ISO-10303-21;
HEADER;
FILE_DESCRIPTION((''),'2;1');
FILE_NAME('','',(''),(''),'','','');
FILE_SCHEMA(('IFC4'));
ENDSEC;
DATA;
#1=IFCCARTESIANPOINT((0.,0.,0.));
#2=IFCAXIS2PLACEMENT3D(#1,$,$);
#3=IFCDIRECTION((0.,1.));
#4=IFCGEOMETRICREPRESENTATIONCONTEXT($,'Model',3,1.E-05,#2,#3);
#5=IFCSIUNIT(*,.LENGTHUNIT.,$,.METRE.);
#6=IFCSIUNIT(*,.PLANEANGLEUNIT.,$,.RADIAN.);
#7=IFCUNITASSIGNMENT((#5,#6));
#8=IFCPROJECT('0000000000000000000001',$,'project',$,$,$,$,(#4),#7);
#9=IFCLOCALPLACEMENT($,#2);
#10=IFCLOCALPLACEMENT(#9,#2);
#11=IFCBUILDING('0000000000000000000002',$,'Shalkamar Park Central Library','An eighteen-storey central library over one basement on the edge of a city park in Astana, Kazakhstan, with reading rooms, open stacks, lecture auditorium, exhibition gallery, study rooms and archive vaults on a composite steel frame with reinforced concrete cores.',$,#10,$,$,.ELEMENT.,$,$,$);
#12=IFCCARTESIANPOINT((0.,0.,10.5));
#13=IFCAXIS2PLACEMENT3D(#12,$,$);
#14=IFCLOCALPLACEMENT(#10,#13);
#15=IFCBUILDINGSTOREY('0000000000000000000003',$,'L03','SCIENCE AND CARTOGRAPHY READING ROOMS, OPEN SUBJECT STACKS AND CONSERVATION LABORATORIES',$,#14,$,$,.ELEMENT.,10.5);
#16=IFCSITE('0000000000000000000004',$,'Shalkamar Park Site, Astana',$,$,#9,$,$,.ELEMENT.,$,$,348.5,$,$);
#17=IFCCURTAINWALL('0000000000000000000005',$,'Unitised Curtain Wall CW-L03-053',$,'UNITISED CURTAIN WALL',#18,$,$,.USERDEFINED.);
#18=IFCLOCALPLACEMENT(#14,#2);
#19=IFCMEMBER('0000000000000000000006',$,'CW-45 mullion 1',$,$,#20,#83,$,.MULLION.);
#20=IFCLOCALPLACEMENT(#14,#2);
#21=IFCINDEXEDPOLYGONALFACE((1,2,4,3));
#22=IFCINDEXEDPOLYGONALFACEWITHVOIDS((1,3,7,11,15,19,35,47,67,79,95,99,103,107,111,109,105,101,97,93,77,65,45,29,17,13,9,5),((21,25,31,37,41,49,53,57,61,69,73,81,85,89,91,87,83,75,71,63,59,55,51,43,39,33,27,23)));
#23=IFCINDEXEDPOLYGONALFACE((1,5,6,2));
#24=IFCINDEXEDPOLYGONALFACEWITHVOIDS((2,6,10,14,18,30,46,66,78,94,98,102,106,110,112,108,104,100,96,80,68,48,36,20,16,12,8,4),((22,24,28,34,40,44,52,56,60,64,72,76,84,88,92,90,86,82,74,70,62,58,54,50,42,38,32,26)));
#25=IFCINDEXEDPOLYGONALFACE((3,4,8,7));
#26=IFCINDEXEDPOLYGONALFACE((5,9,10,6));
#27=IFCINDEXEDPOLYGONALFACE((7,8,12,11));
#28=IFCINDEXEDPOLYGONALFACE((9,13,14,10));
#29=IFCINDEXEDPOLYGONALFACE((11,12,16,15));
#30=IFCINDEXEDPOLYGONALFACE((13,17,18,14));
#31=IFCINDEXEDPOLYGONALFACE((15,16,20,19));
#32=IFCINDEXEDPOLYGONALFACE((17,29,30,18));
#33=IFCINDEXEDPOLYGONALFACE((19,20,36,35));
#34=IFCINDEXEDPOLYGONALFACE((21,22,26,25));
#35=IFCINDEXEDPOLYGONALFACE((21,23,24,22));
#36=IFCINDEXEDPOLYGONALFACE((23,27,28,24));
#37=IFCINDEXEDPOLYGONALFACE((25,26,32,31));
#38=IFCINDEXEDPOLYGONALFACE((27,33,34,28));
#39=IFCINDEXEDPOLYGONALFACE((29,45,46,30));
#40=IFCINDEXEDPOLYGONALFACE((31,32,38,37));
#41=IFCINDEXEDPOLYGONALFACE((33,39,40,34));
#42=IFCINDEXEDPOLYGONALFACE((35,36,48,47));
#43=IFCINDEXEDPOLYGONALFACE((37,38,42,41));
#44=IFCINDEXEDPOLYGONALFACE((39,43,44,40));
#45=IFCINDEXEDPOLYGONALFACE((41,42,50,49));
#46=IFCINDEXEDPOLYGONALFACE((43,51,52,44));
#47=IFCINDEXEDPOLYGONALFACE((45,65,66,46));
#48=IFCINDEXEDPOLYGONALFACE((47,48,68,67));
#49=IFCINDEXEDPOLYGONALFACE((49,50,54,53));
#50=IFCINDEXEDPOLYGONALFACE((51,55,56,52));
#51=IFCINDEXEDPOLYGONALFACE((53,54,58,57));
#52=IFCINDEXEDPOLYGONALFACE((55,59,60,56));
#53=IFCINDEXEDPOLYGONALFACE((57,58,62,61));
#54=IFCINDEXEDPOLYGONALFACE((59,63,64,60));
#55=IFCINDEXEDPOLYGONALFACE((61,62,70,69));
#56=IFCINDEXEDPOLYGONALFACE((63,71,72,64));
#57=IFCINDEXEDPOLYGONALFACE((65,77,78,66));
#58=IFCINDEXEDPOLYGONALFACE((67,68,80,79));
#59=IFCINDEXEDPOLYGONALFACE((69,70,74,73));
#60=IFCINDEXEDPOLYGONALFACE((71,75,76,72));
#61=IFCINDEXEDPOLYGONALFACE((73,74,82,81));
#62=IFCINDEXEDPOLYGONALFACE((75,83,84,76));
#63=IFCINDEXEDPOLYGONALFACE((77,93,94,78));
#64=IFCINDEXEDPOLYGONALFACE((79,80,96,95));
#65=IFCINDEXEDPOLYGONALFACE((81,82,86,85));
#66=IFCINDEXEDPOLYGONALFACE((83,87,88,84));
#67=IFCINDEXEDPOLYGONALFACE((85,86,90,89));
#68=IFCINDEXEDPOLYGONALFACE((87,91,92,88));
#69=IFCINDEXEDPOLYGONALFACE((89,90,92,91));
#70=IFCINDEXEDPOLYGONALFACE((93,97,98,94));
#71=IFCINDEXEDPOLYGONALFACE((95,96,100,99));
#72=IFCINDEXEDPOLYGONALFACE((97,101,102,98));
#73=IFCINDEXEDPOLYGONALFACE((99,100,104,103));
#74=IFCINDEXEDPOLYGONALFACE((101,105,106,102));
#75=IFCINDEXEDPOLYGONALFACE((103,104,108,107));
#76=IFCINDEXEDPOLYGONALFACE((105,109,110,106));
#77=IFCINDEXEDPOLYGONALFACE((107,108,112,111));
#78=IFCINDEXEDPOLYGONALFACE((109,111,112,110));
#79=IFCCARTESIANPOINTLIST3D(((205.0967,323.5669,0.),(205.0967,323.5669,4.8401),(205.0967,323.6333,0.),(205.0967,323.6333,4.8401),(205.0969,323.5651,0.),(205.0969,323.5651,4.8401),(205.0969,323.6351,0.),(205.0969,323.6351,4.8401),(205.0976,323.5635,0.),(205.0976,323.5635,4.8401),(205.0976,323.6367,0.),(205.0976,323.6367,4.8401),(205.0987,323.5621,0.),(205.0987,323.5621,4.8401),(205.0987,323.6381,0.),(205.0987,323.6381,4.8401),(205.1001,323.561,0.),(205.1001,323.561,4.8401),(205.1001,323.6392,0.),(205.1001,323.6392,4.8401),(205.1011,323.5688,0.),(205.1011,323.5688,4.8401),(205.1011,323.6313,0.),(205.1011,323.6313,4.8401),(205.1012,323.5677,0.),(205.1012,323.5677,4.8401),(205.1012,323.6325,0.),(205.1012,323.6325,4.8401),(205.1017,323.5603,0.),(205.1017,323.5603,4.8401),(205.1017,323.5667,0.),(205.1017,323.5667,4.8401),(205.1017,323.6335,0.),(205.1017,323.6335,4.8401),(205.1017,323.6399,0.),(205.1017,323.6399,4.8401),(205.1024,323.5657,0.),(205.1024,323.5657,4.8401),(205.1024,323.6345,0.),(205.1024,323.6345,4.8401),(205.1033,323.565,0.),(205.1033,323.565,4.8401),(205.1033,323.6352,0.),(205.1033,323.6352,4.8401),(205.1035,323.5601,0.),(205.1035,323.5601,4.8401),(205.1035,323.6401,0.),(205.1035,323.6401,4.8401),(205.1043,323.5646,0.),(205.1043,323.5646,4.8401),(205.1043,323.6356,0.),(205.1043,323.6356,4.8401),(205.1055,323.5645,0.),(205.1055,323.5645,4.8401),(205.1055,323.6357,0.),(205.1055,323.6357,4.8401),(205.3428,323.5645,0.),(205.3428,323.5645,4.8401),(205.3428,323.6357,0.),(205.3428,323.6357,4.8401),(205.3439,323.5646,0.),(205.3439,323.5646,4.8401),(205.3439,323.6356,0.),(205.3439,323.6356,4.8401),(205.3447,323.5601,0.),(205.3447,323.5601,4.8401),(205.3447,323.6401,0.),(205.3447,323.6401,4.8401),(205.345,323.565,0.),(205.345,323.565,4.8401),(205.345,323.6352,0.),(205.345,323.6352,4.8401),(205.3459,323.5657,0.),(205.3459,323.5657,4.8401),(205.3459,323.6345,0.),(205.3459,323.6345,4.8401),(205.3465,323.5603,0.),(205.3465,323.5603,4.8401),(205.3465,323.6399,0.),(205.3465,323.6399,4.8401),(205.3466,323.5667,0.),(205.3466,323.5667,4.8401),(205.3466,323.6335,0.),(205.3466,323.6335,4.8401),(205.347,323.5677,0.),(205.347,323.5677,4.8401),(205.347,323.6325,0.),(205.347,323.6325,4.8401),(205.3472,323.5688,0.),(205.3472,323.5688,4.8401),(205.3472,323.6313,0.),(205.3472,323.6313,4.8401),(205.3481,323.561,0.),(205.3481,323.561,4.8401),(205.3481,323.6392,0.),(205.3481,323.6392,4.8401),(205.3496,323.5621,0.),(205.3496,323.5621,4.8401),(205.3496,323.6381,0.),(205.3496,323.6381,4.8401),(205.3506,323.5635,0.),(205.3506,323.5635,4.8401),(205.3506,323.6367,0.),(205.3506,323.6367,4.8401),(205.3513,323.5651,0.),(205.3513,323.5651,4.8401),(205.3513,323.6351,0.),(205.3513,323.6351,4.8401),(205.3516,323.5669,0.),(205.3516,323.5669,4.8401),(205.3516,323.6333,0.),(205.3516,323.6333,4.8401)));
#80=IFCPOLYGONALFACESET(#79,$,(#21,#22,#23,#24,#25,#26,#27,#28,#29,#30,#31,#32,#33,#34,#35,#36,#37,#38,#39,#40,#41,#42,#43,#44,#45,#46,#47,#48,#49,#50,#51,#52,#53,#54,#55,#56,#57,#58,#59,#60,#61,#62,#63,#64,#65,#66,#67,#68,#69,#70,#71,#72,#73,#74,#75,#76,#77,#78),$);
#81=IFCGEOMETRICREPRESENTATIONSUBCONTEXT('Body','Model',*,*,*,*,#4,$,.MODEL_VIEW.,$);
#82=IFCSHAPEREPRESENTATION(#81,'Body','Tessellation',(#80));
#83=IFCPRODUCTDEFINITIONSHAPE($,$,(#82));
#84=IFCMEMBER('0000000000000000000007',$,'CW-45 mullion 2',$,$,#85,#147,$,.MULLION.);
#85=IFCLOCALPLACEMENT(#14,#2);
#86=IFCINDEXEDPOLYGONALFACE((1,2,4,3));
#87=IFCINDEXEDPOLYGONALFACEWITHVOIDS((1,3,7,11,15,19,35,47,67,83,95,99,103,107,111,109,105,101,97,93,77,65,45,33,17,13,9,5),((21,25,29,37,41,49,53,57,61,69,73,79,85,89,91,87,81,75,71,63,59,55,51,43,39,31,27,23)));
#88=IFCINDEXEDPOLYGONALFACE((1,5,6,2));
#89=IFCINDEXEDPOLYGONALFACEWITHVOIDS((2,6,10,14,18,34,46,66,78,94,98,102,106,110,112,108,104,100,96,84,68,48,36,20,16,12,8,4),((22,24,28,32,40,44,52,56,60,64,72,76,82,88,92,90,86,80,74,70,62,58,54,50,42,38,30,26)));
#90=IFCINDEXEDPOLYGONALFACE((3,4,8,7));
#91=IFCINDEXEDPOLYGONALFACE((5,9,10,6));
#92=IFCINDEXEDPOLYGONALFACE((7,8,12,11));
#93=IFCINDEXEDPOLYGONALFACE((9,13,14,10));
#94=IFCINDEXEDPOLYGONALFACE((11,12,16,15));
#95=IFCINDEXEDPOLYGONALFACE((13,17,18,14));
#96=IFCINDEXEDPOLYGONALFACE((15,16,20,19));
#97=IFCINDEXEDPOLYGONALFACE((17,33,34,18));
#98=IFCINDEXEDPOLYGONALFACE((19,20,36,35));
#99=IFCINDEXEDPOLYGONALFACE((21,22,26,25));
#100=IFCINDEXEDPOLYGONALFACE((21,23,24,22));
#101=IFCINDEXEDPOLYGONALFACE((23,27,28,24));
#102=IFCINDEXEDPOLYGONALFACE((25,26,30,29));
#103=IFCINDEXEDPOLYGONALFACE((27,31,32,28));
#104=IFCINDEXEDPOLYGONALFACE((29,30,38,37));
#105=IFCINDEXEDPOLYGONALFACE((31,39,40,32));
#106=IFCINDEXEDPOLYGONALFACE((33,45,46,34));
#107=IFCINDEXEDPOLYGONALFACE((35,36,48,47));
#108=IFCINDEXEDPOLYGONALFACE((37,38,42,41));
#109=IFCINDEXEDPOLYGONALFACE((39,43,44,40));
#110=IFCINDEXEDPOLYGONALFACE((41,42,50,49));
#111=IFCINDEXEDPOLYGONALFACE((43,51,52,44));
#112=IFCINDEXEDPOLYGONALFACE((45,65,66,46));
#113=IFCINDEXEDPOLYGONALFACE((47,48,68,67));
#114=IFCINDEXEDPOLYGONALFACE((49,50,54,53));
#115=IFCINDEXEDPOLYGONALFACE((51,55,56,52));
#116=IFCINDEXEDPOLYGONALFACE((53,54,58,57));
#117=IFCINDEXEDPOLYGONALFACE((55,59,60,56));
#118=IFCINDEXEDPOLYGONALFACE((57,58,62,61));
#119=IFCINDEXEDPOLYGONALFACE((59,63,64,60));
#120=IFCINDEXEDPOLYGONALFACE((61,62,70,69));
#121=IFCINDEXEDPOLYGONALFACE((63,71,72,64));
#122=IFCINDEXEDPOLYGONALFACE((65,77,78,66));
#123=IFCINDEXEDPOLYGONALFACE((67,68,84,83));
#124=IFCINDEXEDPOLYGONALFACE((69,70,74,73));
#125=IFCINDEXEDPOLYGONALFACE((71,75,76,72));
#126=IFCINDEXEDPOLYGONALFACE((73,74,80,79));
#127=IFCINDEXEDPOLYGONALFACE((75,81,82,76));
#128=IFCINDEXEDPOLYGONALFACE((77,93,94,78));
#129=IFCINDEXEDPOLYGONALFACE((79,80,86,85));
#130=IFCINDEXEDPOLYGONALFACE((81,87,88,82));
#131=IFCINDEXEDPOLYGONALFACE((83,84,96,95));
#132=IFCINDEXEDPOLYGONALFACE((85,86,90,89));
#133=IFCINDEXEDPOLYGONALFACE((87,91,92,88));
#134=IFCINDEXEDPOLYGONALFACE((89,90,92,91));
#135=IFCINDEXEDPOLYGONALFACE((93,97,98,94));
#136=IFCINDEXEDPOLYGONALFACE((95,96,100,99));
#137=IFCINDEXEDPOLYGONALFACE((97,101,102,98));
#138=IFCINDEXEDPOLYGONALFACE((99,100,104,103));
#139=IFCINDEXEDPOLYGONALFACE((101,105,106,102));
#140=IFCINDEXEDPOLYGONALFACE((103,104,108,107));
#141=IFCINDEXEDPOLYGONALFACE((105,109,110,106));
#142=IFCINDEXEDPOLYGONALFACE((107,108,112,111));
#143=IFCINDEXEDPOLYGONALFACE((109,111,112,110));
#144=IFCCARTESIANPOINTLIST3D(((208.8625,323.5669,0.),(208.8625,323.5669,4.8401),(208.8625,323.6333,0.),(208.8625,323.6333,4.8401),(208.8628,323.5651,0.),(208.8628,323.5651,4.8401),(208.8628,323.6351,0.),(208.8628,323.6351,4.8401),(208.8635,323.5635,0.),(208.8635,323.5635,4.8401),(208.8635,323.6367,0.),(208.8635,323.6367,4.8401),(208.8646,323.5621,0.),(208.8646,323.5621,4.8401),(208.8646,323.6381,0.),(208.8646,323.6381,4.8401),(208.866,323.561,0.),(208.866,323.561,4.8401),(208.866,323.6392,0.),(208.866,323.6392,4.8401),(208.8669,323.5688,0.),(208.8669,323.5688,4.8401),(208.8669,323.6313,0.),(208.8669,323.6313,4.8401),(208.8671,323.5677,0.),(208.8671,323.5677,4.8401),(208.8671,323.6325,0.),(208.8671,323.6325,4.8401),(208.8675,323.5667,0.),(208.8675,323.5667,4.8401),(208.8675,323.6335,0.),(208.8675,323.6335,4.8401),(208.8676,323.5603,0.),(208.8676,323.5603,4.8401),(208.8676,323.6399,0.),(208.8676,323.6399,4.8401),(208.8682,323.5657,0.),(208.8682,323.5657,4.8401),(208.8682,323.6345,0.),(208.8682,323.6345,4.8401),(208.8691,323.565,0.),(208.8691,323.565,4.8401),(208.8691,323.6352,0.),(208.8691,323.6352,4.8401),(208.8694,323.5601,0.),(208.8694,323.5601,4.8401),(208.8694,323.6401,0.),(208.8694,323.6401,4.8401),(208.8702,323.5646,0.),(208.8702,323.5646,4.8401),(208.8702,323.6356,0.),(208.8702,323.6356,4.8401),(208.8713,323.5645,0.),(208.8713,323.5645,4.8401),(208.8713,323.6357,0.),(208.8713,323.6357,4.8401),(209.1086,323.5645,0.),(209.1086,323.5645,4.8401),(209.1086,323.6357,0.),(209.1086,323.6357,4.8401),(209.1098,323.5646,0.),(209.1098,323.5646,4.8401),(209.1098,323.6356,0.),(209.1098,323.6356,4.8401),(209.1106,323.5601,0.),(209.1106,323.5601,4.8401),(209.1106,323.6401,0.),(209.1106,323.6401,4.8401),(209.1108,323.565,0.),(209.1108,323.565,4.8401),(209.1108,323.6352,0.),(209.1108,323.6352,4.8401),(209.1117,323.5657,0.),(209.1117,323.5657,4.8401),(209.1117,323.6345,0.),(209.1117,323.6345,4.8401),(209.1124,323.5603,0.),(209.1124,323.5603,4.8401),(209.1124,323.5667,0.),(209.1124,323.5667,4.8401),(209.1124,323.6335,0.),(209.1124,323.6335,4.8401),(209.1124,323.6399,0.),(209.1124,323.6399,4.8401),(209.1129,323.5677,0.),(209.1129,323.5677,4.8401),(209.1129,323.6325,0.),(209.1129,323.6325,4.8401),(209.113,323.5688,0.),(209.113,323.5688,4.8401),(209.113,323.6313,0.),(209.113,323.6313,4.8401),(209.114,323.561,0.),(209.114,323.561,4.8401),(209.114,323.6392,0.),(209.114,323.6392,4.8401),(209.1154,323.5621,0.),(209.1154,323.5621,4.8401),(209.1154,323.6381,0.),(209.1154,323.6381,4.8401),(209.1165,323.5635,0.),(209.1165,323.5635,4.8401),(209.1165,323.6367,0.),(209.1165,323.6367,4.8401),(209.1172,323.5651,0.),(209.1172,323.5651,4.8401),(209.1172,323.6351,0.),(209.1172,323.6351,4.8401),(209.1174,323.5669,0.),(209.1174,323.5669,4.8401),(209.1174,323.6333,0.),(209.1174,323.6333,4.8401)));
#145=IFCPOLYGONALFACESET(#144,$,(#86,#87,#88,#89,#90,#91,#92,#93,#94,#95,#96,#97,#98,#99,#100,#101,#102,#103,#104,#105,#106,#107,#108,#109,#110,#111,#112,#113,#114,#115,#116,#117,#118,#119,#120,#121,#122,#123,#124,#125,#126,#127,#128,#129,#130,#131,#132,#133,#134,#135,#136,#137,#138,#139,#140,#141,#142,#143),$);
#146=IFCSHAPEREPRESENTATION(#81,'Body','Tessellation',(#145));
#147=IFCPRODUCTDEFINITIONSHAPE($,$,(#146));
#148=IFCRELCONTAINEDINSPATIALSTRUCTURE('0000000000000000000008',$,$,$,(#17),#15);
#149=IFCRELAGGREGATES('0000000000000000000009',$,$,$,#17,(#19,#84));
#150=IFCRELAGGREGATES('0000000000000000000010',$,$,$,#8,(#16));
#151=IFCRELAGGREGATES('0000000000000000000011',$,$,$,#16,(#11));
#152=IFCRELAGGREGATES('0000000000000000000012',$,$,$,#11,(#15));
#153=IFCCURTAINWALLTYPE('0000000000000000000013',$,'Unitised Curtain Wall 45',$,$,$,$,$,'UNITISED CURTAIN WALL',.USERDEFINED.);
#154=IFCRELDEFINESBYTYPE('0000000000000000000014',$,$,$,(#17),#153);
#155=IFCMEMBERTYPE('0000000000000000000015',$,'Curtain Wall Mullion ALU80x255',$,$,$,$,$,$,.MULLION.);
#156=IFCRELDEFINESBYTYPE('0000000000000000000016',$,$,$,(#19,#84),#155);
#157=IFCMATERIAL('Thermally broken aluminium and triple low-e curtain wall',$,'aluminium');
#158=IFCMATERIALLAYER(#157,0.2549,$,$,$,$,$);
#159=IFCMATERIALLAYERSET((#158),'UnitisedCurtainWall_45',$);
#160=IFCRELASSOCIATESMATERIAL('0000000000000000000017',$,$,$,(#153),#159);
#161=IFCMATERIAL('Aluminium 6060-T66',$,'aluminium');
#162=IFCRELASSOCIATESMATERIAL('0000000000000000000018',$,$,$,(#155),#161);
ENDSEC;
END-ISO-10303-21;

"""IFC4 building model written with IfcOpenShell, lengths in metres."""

from ifc_helpers import new_model, si_unit, direction, frame, origin, origin_2d, place, context, subcontext, project, spatial, hollow_rectangle, extrude, material, layer, layer_set, material_profile, profile_set, type_object, element, aggregate, save


model = new_model("IFC4")

# Units and contexts
model_context = context("Model", 3, precision=1e-05, world=origin(), true_north=direction((0.0, 1.0)))
body_context = subcontext(model_context, "Body", "Model", "MODEL_VIEW")
ifc_project = project(units=[si_unit("LENGTHUNIT", "METRE"), si_unit("PLANEANGLEUNIT", "RADIAN")], contexts=[model_context])

# Site, building, storey
site_placement = place(None, origin())
site = spatial("IfcSite", under=ifc_project, at=site_placement, Name="Shalkamar Park Site, Astana", CompositionType="ELEMENT", RefElevation=348.5)
building_placement = place(site_placement, origin())
building = spatial("IfcBuilding", under=site, at=building_placement, Name="Shalkamar Park Central Library", Description="An eighteen-storey central library over one basement on the edge of a city park in Astana, Kazakhstan, with reading rooms, open stacks, lecture auditorium, exhibition gallery, study rooms and archive vaults on a composite steel frame with reinforced concrete cores.", CompositionType="ELEMENT")
storey_placement = place(building_placement, frame((0.0, 0.0, 10.5)))
storey = spatial("IfcBuildingStorey", under=building, at=storey_placement, Name="L03", Description="SCIENCE AND CARTOGRAPHY READING ROOMS, OPEN SUBJECT STACKS AND CONSERVATION LABORATORIES", CompositionType="ELEMENT", Elevation=10.5)

# Shared definitions
ifc_material_1 = material(Name="Thermally broken aluminium and triple low-e curtain wall", Category="aluminium")
ifc_material_2 = material(Name="Aluminium 6060-T66", Category="aluminium")

# Curtain wall, members
ifc_layer_1 = layer(ifc_material_1, 0.2549)
ifc_layer_set_1 = layer_set([ifc_layer_1], Name="UnitisedCurtainWall_45")
curtain_wall_type_1 = type_object("IfcCurtainWallType", Name="Unitised Curtain Wall 45", ElementType="UNITISED CURTAIN WALL", PredefinedType="USERDEFINED", material=ifc_layer_set_1)
curtain_wall_1_placement = place(storey_placement, origin())
curtain_wall_1 = element("IfcCurtainWall", 1, at=curtain_wall_1_placement, inside=storey, type_object=curtain_wall_type_1, Name="Unitised Curtain Wall CW-L03-053", ObjectType="UNITISED CURTAIN WALL", PredefinedType="USERDEFINED")
ifc_material_profile_1 = material_profile(ifc_material_2, hollow_rectangle(XDim=0.0801, YDim=0.2549, WallThickness=0.0044, InnerFilletRadius=0.0044, OuterFilletRadius=0.0068, at=origin_2d()), Name="ALU 80x255x4.5")
ifc_profile_set_1 = profile_set([ifc_material_profile_1], Name="Aluminium 6060-T66")
member_type_1 = type_object("IfcMemberType", Name="Curtain Wall Mullion ALU80x255", PredefinedType="MULLION", material=ifc_profile_set_1)
member_1_placement = place(storey_placement, frame((205.2241, 323.6001, 0.0), z_axis=(0.0, 0.0, 1.0), x_axis=(0.0, 1.0, 0.0)))
member_1 = element("IfcMember", 2, at=member_1_placement, type_object=member_type_1, Name="CW-45 mullion 1", PredefinedType="MULLION", context=body_context, shape_type="SweptSolid", body=[
    extrude(hollow_rectangle(XDim=0.0801, YDim=0.2549, WallThickness=0.0044, InnerFilletRadius=0.0044, OuterFilletRadius=0.0068, at=origin_2d()), origin(), (0.0, 0.0, 1.0), 4.8401),
])
member_2_placement = place(storey_placement, frame((208.99, 323.6001, 0.0), z_axis=(0.0, 0.0, 1.0), x_axis=(0.0, 1.0, 0.0)))
member_2 = element("IfcMember", 3, at=member_2_placement, type_object=member_type_1, Name="CW-45 mullion 2", PredefinedType="MULLION", context=body_context, shape_type="SweptSolid", body=[
    extrude(hollow_rectangle(XDim=0.0801, YDim=0.2549, WallThickness=0.0044, InnerFilletRadius=0.0044, OuterFilletRadius=0.0068, at=origin_2d()), origin(), (0.0, 0.0, 1.0), 4.8401),
])

aggregate(curtain_wall_1, [member_1, member_2])

save(model, "model.ifc")
